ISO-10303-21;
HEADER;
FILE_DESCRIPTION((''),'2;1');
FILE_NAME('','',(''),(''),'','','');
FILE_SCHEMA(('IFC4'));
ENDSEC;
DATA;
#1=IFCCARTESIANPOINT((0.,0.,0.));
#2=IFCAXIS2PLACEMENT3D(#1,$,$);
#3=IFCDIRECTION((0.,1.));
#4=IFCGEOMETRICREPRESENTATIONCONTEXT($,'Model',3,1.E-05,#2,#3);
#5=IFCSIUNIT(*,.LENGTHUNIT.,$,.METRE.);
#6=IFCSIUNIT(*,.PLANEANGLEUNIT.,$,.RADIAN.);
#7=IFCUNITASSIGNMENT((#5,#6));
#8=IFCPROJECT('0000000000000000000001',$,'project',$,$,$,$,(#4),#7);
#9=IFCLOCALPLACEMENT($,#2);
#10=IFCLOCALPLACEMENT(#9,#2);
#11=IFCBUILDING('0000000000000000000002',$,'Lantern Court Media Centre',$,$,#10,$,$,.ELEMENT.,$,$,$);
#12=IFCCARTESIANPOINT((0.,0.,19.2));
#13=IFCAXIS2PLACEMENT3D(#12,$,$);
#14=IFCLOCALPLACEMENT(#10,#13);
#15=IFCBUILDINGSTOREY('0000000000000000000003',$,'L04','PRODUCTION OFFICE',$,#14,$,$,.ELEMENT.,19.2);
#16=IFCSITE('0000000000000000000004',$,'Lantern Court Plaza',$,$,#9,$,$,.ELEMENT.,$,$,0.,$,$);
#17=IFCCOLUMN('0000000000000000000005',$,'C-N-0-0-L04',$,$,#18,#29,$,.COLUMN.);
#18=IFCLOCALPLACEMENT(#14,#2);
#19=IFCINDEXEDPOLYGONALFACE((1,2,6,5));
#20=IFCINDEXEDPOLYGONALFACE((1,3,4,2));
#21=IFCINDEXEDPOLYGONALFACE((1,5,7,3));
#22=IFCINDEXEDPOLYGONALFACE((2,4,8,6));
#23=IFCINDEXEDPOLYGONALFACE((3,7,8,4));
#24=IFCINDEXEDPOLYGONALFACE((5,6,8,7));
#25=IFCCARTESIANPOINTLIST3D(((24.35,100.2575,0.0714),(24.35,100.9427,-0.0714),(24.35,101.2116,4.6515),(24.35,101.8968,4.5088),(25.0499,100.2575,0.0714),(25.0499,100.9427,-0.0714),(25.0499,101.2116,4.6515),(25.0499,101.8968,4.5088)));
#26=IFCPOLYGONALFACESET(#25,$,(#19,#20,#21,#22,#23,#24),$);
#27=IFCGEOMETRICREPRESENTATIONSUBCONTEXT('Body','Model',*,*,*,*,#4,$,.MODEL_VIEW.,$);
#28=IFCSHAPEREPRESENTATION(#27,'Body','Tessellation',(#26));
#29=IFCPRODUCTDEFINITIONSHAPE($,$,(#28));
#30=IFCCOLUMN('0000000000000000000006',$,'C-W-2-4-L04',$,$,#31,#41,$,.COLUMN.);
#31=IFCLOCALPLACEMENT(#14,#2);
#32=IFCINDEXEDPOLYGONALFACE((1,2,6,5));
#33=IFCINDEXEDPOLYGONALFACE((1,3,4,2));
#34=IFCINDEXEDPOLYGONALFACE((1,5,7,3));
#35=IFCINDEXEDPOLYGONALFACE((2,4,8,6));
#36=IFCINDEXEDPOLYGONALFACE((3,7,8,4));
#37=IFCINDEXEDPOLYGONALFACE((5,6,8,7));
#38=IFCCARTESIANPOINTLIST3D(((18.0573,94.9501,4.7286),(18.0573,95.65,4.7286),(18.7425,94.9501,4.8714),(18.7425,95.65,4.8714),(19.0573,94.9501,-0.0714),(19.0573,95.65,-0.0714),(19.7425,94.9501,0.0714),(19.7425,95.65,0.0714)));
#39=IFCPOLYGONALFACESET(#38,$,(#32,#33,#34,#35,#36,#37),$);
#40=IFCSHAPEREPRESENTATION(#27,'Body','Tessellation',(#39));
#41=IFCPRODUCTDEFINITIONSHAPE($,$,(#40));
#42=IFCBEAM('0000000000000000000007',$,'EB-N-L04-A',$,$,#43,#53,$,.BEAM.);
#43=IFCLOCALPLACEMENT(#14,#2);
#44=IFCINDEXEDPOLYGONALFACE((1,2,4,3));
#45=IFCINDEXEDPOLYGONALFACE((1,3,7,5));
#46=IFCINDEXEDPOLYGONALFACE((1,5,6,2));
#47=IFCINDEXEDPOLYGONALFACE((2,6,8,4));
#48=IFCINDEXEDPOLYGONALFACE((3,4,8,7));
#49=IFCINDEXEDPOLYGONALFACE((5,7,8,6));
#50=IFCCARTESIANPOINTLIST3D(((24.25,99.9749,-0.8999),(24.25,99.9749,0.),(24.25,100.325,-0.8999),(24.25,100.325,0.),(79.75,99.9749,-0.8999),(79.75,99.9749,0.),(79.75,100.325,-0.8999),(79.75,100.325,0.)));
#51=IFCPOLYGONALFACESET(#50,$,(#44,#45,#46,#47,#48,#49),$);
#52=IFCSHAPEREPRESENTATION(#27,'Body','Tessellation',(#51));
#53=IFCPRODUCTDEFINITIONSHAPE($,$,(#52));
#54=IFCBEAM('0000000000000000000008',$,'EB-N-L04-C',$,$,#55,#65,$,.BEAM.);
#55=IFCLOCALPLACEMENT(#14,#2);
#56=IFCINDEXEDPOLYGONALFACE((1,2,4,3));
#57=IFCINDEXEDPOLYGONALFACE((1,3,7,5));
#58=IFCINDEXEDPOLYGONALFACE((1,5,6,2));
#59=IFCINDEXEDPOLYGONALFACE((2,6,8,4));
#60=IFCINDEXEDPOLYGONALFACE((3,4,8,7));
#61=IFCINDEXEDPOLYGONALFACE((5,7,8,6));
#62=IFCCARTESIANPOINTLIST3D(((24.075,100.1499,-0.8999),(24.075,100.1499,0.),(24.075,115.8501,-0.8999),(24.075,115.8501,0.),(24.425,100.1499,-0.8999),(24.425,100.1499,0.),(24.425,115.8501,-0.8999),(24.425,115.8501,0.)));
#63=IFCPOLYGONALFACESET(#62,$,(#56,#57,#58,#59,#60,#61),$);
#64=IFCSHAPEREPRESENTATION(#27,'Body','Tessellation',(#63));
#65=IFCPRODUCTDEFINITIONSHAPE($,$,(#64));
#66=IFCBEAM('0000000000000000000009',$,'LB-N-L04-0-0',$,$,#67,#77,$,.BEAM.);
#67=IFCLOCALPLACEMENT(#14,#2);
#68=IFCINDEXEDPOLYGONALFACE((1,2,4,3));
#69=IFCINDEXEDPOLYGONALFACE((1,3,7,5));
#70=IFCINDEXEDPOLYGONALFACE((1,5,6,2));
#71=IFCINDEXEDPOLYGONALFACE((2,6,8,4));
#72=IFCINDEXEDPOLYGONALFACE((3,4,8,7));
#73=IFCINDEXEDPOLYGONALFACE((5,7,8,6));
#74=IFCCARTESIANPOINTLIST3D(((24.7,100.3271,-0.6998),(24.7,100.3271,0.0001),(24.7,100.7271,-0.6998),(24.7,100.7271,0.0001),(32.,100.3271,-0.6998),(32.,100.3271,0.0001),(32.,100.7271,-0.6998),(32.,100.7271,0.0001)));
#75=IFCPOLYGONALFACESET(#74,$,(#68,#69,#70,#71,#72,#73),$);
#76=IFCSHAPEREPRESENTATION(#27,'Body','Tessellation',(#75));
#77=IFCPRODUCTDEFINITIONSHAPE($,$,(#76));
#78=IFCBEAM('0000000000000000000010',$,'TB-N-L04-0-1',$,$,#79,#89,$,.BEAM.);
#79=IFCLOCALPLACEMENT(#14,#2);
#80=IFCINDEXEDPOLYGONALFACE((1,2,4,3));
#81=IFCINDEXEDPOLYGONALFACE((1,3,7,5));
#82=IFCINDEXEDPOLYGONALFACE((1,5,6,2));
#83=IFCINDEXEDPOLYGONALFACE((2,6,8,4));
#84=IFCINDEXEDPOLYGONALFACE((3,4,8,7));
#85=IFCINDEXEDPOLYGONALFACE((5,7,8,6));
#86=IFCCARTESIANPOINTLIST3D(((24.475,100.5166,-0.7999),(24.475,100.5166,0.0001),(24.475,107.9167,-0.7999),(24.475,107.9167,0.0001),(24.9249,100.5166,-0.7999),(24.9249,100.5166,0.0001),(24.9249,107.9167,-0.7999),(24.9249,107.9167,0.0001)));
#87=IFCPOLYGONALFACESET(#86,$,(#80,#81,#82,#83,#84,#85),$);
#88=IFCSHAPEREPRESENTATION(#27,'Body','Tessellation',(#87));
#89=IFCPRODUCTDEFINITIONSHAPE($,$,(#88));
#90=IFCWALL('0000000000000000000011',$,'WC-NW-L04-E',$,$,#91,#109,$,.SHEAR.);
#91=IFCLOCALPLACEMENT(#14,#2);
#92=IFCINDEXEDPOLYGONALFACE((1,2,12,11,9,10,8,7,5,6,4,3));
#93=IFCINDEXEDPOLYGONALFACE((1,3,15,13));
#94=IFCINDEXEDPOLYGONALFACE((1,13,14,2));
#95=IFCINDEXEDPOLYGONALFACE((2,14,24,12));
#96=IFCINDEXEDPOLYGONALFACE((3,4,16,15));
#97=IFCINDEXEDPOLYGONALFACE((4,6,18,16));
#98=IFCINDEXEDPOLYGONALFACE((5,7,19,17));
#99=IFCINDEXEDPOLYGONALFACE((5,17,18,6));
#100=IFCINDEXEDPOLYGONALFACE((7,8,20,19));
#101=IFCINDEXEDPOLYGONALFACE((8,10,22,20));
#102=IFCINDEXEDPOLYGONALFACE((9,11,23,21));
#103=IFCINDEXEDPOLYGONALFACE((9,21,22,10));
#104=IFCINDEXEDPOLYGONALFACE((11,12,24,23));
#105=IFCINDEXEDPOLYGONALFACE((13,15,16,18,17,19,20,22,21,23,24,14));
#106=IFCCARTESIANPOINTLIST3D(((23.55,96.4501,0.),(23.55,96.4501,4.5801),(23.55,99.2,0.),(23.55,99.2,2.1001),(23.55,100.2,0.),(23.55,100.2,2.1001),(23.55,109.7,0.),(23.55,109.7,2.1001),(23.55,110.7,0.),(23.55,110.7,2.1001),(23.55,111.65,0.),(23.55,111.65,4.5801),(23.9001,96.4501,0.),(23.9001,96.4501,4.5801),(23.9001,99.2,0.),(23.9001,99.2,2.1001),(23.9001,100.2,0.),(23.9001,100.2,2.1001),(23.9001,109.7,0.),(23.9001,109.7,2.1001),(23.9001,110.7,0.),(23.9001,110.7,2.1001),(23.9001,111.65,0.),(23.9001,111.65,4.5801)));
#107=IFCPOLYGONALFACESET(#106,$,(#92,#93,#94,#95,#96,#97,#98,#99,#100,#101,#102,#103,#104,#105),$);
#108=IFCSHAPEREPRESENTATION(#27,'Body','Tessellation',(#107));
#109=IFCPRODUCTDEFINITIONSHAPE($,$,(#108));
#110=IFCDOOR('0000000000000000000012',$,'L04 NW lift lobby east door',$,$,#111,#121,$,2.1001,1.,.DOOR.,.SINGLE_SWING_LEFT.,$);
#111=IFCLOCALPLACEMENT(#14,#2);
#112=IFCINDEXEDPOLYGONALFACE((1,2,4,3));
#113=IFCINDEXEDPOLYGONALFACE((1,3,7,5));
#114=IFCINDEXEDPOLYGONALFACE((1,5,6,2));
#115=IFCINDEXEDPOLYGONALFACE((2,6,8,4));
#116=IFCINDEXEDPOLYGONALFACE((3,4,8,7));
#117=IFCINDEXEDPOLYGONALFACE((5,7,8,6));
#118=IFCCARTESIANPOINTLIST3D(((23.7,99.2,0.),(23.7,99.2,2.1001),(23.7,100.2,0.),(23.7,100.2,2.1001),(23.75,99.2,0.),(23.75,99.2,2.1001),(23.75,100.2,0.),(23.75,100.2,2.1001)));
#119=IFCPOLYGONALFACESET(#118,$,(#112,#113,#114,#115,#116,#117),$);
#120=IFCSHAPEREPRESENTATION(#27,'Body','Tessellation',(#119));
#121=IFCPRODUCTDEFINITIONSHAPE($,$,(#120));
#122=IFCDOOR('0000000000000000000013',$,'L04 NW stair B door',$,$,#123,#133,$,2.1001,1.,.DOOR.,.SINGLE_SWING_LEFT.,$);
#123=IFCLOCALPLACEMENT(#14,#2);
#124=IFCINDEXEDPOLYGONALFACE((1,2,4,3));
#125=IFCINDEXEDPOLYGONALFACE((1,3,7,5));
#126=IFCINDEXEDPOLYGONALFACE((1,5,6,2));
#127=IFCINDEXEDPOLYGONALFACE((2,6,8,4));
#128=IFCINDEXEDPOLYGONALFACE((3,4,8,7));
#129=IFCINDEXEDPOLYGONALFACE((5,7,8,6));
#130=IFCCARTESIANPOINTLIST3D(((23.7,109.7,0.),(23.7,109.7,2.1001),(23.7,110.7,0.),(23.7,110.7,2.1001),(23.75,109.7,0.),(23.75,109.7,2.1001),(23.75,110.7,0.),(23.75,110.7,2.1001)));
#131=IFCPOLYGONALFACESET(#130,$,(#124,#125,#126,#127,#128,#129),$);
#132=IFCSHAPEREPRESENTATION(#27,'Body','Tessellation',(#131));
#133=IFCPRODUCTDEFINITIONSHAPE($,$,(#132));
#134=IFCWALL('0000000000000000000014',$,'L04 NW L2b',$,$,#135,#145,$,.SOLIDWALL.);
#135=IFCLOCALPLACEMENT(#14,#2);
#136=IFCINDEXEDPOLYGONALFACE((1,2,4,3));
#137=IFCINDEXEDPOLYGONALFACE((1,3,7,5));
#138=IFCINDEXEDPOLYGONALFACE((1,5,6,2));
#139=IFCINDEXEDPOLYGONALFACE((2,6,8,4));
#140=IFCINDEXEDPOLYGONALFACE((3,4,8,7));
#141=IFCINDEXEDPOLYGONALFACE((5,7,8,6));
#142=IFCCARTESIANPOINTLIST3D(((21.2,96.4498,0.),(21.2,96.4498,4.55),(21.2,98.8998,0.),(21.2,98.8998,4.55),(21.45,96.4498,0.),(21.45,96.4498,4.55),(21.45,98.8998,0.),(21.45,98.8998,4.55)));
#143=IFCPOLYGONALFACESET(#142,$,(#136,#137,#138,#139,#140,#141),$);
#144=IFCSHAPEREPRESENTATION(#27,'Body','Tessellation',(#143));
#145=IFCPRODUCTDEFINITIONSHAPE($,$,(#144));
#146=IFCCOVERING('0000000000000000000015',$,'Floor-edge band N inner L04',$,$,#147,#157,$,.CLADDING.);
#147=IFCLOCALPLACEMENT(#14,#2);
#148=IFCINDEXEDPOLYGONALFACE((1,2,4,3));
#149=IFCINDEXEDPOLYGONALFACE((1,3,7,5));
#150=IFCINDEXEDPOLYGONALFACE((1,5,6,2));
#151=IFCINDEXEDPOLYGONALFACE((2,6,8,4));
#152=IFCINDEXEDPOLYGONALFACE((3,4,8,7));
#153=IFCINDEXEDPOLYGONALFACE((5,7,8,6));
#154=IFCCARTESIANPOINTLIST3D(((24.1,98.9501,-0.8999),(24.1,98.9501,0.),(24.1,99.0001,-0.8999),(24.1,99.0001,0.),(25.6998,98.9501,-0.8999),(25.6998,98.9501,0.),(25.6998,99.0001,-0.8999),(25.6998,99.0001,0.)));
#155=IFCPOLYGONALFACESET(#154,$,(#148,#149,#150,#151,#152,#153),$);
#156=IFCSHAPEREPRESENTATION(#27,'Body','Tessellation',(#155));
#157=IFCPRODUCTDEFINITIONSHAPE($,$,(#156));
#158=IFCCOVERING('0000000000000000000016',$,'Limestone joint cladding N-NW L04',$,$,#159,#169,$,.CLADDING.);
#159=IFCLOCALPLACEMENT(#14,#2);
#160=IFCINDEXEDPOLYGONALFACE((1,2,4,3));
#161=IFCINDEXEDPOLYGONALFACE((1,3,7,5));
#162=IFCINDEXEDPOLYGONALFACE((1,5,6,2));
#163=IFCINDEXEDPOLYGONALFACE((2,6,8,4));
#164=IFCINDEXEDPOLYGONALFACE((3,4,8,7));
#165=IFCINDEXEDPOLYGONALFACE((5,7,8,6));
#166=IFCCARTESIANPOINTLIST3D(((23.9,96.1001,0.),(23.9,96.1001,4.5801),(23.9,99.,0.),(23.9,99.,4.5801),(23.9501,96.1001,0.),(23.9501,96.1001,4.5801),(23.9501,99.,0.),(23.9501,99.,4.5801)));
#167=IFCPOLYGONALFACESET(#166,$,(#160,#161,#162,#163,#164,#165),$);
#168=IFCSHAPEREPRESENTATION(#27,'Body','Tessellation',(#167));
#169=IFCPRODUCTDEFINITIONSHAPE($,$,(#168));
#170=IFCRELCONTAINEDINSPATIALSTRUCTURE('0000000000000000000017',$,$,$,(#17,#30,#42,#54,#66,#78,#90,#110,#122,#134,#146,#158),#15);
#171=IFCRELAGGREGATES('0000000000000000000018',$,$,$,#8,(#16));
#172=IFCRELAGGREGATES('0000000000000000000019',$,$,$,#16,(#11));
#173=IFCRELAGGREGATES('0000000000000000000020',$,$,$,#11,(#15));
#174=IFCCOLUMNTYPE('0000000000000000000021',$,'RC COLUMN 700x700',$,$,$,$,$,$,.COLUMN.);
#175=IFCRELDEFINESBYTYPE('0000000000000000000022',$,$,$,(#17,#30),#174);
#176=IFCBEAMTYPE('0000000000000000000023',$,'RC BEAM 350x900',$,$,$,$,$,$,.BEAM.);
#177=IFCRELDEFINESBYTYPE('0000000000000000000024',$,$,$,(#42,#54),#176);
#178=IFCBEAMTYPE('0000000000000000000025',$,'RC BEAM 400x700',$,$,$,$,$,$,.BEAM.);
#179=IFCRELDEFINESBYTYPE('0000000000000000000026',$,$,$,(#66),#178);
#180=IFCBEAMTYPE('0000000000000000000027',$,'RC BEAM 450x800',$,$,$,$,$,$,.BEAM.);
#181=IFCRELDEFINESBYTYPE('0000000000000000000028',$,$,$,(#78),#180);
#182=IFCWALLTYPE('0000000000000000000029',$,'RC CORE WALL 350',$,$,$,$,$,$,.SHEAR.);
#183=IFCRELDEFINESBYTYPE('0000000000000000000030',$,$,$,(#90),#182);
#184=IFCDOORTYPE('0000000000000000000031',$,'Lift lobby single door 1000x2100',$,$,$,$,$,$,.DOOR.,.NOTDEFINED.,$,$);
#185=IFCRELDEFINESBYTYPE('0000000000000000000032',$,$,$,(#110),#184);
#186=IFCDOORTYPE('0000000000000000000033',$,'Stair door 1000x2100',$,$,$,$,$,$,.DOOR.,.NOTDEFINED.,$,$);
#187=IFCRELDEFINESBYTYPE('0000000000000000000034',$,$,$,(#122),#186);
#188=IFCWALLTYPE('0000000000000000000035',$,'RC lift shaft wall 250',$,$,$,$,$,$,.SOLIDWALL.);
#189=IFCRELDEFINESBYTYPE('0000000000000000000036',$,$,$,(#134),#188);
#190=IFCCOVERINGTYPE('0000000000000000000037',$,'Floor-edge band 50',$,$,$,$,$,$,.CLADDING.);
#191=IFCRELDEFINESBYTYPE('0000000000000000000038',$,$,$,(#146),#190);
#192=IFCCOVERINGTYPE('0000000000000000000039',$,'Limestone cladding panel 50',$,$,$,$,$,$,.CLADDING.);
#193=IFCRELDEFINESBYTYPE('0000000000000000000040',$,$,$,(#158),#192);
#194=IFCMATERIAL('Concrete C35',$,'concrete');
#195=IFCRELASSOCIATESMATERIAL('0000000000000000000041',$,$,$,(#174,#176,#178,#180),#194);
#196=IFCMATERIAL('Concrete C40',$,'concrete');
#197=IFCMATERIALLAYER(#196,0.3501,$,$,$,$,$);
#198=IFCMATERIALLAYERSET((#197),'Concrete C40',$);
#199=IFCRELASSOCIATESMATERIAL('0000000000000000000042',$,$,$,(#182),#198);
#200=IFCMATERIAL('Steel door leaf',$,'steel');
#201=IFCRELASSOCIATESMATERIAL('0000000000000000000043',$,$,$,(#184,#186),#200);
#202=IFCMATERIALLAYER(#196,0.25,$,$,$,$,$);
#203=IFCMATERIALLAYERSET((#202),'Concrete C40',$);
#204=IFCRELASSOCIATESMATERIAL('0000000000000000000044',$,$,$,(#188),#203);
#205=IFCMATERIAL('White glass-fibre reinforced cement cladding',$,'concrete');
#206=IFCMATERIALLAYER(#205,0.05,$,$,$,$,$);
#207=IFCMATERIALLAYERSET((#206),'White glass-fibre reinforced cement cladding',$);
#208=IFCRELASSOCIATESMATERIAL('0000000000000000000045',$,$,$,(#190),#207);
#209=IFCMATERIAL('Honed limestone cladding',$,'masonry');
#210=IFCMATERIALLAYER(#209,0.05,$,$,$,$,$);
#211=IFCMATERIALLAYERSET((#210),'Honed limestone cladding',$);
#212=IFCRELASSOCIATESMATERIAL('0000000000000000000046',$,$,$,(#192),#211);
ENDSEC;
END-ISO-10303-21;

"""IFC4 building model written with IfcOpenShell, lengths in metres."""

from ifc_helpers import new_model, si_unit, direction, frame, frame_2d, origin, origin_2d, place, context, subcontext, project, spatial, rectangle, extrude, material, layer, layer_set, material_profile, profile_set, type_object, element, fill, save


model = new_model("IFC4")

# Units and contexts
model_context = context("Model", 3, precision=1e-05, world=origin(), true_north=direction((0.0, 1.0)))
body_context = subcontext(model_context, "Body", "Model", "MODEL_VIEW")
ifc_project = project(units=[si_unit("LENGTHUNIT", "METRE"), si_unit("PLANEANGLEUNIT", "RADIAN")], contexts=[model_context])

# Site, building, storey
site_placement = place(None, origin())
site = spatial("IfcSite", under=ifc_project, at=site_placement, Name="Lantern Court Plaza", CompositionType="ELEMENT", RefElevation=0.0)
building_placement = place(site_placement, origin())
building = spatial("IfcBuilding", under=site, at=building_placement, Name="Lantern Court Media Centre", CompositionType="ELEMENT")
storey_placement = place(building_placement, frame((0.0, 0.0, 19.2)))
storey = spatial("IfcBuildingStorey", under=building, at=storey_placement, Name="L04", Description="PRODUCTION OFFICE", CompositionType="ELEMENT", Elevation=19.2)

# Columns
ifc_material_1 = material(Name="Concrete C35", Category="concrete")
ifc_material_profile_1 = material_profile(ifc_material_1, rectangle(XDim=0.7, YDim=0.7, at=origin_2d()), Name="RC 700x700")
ifc_profile_set_1 = profile_set([ifc_material_profile_1], Name="Concrete C35")
column_type = type_object("IfcColumnType", Name="RC COLUMN 700x700", PredefinedType="COLUMN", material=ifc_profile_set_1)
column_1_placement = place(storey_placement, frame((24.7, 100.6001, 0.0), z_axis=(0.0, 0.203938, 0.978984), x_axis=(-1.0, 0.0, 0.0)))
element("IfcColumn", 1, at=column_1_placement, inside=storey, type_object=column_type, Name="C-N-0-0-L04", PredefinedType="COLUMN", context=body_context, shape_type="SweptSolid", body=[
    extrude(rectangle(XDim=0.7, YDim=0.7, at=origin_2d()), origin(), (0.0, 0.0, 1.0), 4.6785),
])
column_2_placement = place(storey_placement, frame((19.3999, 95.3, 0.0), z_axis=(-0.203952, 0.0, 0.978981), x_axis=(0.0, -1.0, 0.0)))
element("IfcColumn", 2, at=column_2_placement, inside=storey, type_object=column_type, Name="C-W-2-4-L04", PredefinedType="COLUMN", context=body_context, shape_type="SweptSolid", body=[
    extrude(rectangle(XDim=0.7, YDim=0.7, at=origin_2d()), origin(), (0.0, 0.0, 1.0), 4.9031),
])

# Beams
ifc_material_profile_2 = material_profile(ifc_material_1, rectangle(XDim=0.3501, YDim=0.8999, at=origin_2d()), Name="RC 350x900")
ifc_profile_set_2 = profile_set([ifc_material_profile_2], Name="Concrete C35")
beam_type_1 = type_object("IfcBeamType", Name="RC BEAM 350x900", PredefinedType="BEAM", material=ifc_profile_set_2)
beam_1_placement = place(storey_placement, frame((24.25, 100.1499, -0.45), z_axis=(1.0, 0.0, 0.0), x_axis=(0.0, 1.0, 0.0)))
element("IfcBeam", 3, at=beam_1_placement, inside=storey, type_object=beam_type_1, Name="EB-N-L04-A", PredefinedType="BEAM", context=body_context, shape_type="SweptSolid", body=[
    extrude(rectangle(XDim=0.3501, YDim=0.8999, at=origin_2d()), origin(), (0.0, 0.0, 1.0), 55.5),
])
beam_2_placement = place(storey_placement, frame((24.25, 100.1499, -0.45), z_axis=(0.0, 1.0, 0.0), x_axis=(-1.0, 0.0, 0.0)))
element("IfcBeam", 4, at=beam_2_placement, inside=storey, type_object=beam_type_1, Name="EB-N-L04-C", PredefinedType="BEAM", context=body_context, shape_type="SweptSolid", body=[
    extrude(rectangle(XDim=0.3501, YDim=0.8999, at=origin_2d()), origin(), (0.0, 0.0, 1.0), 15.7002),
])
ifc_material_profile_3 = material_profile(ifc_material_1, rectangle(XDim=0.3999, YDim=0.7, at=origin_2d()), Name="RC 400x700")
ifc_profile_set_3 = profile_set([ifc_material_profile_3], Name="Concrete C35")
beam_type_2 = type_object("IfcBeamType", Name="RC BEAM 400x700", PredefinedType="BEAM", material=ifc_profile_set_3)
beam_3_placement = place(storey_placement, frame((24.7, 100.5271, -0.3499), z_axis=(1.0, 0.0, 0.0), x_axis=(0.0, 1.0, 0.0)))
element("IfcBeam", 5, at=beam_3_placement, inside=storey, type_object=beam_type_2, Name="LB-N-L04-0-0", PredefinedType="BEAM", context=body_context, shape_type="SweptSolid", body=[
    extrude(rectangle(XDim=0.3999, YDim=0.7, at=origin_2d()), origin(), (0.0, 0.0, 1.0), 7.3),
])
ifc_material_profile_4 = material_profile(ifc_material_1, rectangle(XDim=0.45, YDim=0.8, at=origin_2d()), Name="RC 450x800")
ifc_profile_set_4 = profile_set([ifc_material_profile_4], Name="Concrete C35")
beam_type_3 = type_object("IfcBeamType", Name="RC BEAM 450x800", PredefinedType="BEAM", material=ifc_profile_set_4)
beam_4_placement = place(storey_placement, frame((24.7, 100.5166, -0.3999), z_axis=(0.0, 1.0, 0.0), x_axis=(-1.0, 0.0, 0.0)))
element("IfcBeam", 6, at=beam_4_placement, inside=storey, type_object=beam_type_3, Name="TB-N-L04-0-1", PredefinedType="BEAM", context=body_context, shape_type="SweptSolid", body=[
    extrude(rectangle(XDim=0.45, YDim=0.8, at=origin_2d()), origin(), (0.0, 0.0, 1.0), 7.4001),
])

# Wall, openings, doors
ifc_material_2 = material(Name="Concrete C40", Category="concrete")
ifc_layer_1 = layer(ifc_material_2, 0.3501)
ifc_layer_set_1 = layer_set([ifc_layer_1], Name="Concrete C40")
wall_type_1 = type_object("IfcWallType", Name="RC CORE WALL 350", PredefinedType="SHEAR", material=ifc_layer_set_1)
wall_1_placement = place(storey_placement, frame((23.7251, 96.45, 0.0), z_axis=(0.0, 0.0, 1.0), x_axis=(0.0, 1.0, 0.0)))
wall_1 = element("IfcWall", 7, at=wall_1_placement, inside=storey, type_object=wall_type_1, Name="WC-NW-L04-E", PredefinedType="SHEAR", context=body_context, shape_type="SweptSolid", body=[
    extrude(rectangle(XDim=15.2, YDim=0.3501, at=frame_2d((7.6001, 0.0))), origin(), (0.0, 0.0, 1.0), 4.5801),
])
opening_1_placement = place(wall_1_placement, frame((13.25, 0.0, 0.0)))
opening_1 = element("IfcOpeningElement", 8, at=opening_1_placement, cuts=wall_1, PredefinedType="OPENING", context=body_context, shape_type="SweptSolid", body=[
    extrude(rectangle(XDim=1.0, YDim=2.1001, at=frame_2d((0.5, 1.05))), frame((0.0, 0.1851, 0.0), z_axis=(0.0, -1.0, 0.0), x_axis=(1.0, 0.0, 0.0)), (0.0, 0.0, 1.0), 0.3701),
])
opening_2_placement = place(wall_1_placement, frame((2.75, 0.0, 0.0)))
opening_2 = element("IfcOpeningElement", 9, at=opening_2_placement, cuts=wall_1, PredefinedType="OPENING", context=body_context, shape_type="SweptSolid", body=[
    extrude(rectangle(XDim=1.0, YDim=2.1001, at=frame_2d((0.5, 1.05))), frame((0.0, 0.1851, 0.0), z_axis=(0.0, -1.0, 0.0), x_axis=(1.0, 0.0, 0.0)), (0.0, 0.0, 1.0), 0.3701),
])
ifc_material_3 = material(Name="Steel door leaf", Category="steel")
door_type_1 = type_object("IfcDoorType", Name="Lift lobby single door 1000x2100", OperationType="NOTDEFINED", PredefinedType="DOOR", material=ifc_material_3)
door_1_placement = place(opening_2_placement, frame((1.0, 0.0, 0.0), z_axis=(0.0, 0.0, 1.0), x_axis=(-1.0, 0.0, 0.0)))
door_1 = element("IfcDoor", 10, at=door_1_placement, inside=storey, type_object=door_type_1, Name="L04 NW lift lobby east door", OperationType="SINGLE_SWING_LEFT", OverallHeight=2.1001, OverallWidth=1.0, PredefinedType="DOOR", context=body_context, shape_type="SweptSolid", body=[
    extrude(rectangle(XDim=1.0, YDim=2.1001, at=frame_2d((0.5, 1.05))), frame((0.0, 0.0249, 0.0), z_axis=(0.0, -1.0, 0.0), x_axis=(1.0, 0.0, 0.0)), (0.0, 0.0, 1.0), 0.05),
])
fill(opening_2, door_1)
door_type_2 = type_object("IfcDoorType", Name="Stair door 1000x2100", OperationType="NOTDEFINED", PredefinedType="DOOR", material=ifc_material_3)
door_2_placement = place(opening_1_placement, frame((1.0, 0.0, 0.0), z_axis=(0.0, 0.0, 1.0), x_axis=(-1.0, 0.0, 0.0)))
door_2 = element("IfcDoor", 11, at=door_2_placement, inside=storey, type_object=door_type_2, Name="L04 NW stair B door", OperationType="SINGLE_SWING_LEFT", OverallHeight=2.1001, OverallWidth=1.0, PredefinedType="DOOR", context=body_context, shape_type="SweptSolid", body=[
    extrude(rectangle(XDim=1.0, YDim=2.1001, at=frame_2d((0.5, 1.05))), frame((0.0, 0.0249, 0.0), z_axis=(0.0, -1.0, 0.0), x_axis=(1.0, 0.0, 0.0)), (0.0, 0.0, 1.0), 0.05),
])
fill(opening_1, door_2)

# Wall
ifc_layer_2 = layer(ifc_material_2, 0.25)
ifc_layer_set_2 = layer_set([ifc_layer_2], Name="Concrete C40")
wall_type_2 = type_object("IfcWallType", Name="RC lift shaft wall 250", PredefinedType="SOLIDWALL", material=ifc_layer_set_2)
wall_2_placement = place(storey_placement, frame((21.325, 98.8999, 0.0), z_axis=(0.0, 0.0, 1.0), x_axis=(0.0, -1.0, 0.0)))
element("IfcWall", 12, at=wall_2_placement, inside=storey, type_object=wall_type_2, Name="L04 NW L2b", PredefinedType="SOLIDWALL", context=body_context, shape_type="SweptSolid", body=[
    extrude(rectangle(XDim=2.45, YDim=0.25, at=frame_2d((1.2251, 0.0))), origin(), (0.0, 0.0, 1.0), 4.55),
])

# Coverings
ifc_material_4 = material(Name="White glass-fibre reinforced cement cladding", Category="concrete")
ifc_layer_3 = layer(ifc_material_4, 0.05)
ifc_layer_set_3 = layer_set([ifc_layer_3], Name="White glass-fibre reinforced cement cladding")
covering_type_1 = type_object("IfcCoveringType", Name="Floor-edge band 50", PredefinedType="CLADDING", material=ifc_layer_set_3)
covering_1_placement = place(storey_placement, frame((24.1001, 98.9751, -0.8999), z_axis=(0.0, 0.0, 1.0), x_axis=(1.0, 0.0, 0.0)))
element("IfcCovering", 13, at=covering_1_placement, inside=storey, type_object=covering_type_1, Name="Floor-edge band N inner L04", PredefinedType="CLADDING", context=body_context, shape_type="SweptSolid", body=[
    extrude(rectangle(XDim=1.5999, YDim=0.05, at=frame_2d((0.7998, 0.0))), origin(), (0.0, 0.0, 1.0), 0.8999),
])
ifc_material_5 = material(Name="Honed limestone cladding", Category="masonry")
ifc_layer_4 = layer(ifc_material_5, 0.05)
ifc_layer_set_4 = layer_set([ifc_layer_4], Name="Honed limestone cladding")
covering_type_2 = type_object("IfcCoveringType", Name="Limestone cladding panel 50", PredefinedType="CLADDING", material=ifc_layer_set_4)
covering_2_placement = place(storey_placement, frame((23.925, 96.1001, 0.0), z_axis=(0.0, 0.0, 1.0), x_axis=(0.0, 1.0, 0.0)))
element("IfcCovering", 14, at=covering_2_placement, inside=storey, type_object=covering_type_2, Name="Limestone joint cladding N-NW L04", PredefinedType="CLADDING", context=body_context, shape_type="SweptSolid", body=[
    extrude(rectangle(XDim=2.8999, YDim=0.05, at=frame_2d((1.45, 0.0))), origin(), (0.0, 0.0, 1.0), 4.5801),
])

save(model, "model.ifc")
